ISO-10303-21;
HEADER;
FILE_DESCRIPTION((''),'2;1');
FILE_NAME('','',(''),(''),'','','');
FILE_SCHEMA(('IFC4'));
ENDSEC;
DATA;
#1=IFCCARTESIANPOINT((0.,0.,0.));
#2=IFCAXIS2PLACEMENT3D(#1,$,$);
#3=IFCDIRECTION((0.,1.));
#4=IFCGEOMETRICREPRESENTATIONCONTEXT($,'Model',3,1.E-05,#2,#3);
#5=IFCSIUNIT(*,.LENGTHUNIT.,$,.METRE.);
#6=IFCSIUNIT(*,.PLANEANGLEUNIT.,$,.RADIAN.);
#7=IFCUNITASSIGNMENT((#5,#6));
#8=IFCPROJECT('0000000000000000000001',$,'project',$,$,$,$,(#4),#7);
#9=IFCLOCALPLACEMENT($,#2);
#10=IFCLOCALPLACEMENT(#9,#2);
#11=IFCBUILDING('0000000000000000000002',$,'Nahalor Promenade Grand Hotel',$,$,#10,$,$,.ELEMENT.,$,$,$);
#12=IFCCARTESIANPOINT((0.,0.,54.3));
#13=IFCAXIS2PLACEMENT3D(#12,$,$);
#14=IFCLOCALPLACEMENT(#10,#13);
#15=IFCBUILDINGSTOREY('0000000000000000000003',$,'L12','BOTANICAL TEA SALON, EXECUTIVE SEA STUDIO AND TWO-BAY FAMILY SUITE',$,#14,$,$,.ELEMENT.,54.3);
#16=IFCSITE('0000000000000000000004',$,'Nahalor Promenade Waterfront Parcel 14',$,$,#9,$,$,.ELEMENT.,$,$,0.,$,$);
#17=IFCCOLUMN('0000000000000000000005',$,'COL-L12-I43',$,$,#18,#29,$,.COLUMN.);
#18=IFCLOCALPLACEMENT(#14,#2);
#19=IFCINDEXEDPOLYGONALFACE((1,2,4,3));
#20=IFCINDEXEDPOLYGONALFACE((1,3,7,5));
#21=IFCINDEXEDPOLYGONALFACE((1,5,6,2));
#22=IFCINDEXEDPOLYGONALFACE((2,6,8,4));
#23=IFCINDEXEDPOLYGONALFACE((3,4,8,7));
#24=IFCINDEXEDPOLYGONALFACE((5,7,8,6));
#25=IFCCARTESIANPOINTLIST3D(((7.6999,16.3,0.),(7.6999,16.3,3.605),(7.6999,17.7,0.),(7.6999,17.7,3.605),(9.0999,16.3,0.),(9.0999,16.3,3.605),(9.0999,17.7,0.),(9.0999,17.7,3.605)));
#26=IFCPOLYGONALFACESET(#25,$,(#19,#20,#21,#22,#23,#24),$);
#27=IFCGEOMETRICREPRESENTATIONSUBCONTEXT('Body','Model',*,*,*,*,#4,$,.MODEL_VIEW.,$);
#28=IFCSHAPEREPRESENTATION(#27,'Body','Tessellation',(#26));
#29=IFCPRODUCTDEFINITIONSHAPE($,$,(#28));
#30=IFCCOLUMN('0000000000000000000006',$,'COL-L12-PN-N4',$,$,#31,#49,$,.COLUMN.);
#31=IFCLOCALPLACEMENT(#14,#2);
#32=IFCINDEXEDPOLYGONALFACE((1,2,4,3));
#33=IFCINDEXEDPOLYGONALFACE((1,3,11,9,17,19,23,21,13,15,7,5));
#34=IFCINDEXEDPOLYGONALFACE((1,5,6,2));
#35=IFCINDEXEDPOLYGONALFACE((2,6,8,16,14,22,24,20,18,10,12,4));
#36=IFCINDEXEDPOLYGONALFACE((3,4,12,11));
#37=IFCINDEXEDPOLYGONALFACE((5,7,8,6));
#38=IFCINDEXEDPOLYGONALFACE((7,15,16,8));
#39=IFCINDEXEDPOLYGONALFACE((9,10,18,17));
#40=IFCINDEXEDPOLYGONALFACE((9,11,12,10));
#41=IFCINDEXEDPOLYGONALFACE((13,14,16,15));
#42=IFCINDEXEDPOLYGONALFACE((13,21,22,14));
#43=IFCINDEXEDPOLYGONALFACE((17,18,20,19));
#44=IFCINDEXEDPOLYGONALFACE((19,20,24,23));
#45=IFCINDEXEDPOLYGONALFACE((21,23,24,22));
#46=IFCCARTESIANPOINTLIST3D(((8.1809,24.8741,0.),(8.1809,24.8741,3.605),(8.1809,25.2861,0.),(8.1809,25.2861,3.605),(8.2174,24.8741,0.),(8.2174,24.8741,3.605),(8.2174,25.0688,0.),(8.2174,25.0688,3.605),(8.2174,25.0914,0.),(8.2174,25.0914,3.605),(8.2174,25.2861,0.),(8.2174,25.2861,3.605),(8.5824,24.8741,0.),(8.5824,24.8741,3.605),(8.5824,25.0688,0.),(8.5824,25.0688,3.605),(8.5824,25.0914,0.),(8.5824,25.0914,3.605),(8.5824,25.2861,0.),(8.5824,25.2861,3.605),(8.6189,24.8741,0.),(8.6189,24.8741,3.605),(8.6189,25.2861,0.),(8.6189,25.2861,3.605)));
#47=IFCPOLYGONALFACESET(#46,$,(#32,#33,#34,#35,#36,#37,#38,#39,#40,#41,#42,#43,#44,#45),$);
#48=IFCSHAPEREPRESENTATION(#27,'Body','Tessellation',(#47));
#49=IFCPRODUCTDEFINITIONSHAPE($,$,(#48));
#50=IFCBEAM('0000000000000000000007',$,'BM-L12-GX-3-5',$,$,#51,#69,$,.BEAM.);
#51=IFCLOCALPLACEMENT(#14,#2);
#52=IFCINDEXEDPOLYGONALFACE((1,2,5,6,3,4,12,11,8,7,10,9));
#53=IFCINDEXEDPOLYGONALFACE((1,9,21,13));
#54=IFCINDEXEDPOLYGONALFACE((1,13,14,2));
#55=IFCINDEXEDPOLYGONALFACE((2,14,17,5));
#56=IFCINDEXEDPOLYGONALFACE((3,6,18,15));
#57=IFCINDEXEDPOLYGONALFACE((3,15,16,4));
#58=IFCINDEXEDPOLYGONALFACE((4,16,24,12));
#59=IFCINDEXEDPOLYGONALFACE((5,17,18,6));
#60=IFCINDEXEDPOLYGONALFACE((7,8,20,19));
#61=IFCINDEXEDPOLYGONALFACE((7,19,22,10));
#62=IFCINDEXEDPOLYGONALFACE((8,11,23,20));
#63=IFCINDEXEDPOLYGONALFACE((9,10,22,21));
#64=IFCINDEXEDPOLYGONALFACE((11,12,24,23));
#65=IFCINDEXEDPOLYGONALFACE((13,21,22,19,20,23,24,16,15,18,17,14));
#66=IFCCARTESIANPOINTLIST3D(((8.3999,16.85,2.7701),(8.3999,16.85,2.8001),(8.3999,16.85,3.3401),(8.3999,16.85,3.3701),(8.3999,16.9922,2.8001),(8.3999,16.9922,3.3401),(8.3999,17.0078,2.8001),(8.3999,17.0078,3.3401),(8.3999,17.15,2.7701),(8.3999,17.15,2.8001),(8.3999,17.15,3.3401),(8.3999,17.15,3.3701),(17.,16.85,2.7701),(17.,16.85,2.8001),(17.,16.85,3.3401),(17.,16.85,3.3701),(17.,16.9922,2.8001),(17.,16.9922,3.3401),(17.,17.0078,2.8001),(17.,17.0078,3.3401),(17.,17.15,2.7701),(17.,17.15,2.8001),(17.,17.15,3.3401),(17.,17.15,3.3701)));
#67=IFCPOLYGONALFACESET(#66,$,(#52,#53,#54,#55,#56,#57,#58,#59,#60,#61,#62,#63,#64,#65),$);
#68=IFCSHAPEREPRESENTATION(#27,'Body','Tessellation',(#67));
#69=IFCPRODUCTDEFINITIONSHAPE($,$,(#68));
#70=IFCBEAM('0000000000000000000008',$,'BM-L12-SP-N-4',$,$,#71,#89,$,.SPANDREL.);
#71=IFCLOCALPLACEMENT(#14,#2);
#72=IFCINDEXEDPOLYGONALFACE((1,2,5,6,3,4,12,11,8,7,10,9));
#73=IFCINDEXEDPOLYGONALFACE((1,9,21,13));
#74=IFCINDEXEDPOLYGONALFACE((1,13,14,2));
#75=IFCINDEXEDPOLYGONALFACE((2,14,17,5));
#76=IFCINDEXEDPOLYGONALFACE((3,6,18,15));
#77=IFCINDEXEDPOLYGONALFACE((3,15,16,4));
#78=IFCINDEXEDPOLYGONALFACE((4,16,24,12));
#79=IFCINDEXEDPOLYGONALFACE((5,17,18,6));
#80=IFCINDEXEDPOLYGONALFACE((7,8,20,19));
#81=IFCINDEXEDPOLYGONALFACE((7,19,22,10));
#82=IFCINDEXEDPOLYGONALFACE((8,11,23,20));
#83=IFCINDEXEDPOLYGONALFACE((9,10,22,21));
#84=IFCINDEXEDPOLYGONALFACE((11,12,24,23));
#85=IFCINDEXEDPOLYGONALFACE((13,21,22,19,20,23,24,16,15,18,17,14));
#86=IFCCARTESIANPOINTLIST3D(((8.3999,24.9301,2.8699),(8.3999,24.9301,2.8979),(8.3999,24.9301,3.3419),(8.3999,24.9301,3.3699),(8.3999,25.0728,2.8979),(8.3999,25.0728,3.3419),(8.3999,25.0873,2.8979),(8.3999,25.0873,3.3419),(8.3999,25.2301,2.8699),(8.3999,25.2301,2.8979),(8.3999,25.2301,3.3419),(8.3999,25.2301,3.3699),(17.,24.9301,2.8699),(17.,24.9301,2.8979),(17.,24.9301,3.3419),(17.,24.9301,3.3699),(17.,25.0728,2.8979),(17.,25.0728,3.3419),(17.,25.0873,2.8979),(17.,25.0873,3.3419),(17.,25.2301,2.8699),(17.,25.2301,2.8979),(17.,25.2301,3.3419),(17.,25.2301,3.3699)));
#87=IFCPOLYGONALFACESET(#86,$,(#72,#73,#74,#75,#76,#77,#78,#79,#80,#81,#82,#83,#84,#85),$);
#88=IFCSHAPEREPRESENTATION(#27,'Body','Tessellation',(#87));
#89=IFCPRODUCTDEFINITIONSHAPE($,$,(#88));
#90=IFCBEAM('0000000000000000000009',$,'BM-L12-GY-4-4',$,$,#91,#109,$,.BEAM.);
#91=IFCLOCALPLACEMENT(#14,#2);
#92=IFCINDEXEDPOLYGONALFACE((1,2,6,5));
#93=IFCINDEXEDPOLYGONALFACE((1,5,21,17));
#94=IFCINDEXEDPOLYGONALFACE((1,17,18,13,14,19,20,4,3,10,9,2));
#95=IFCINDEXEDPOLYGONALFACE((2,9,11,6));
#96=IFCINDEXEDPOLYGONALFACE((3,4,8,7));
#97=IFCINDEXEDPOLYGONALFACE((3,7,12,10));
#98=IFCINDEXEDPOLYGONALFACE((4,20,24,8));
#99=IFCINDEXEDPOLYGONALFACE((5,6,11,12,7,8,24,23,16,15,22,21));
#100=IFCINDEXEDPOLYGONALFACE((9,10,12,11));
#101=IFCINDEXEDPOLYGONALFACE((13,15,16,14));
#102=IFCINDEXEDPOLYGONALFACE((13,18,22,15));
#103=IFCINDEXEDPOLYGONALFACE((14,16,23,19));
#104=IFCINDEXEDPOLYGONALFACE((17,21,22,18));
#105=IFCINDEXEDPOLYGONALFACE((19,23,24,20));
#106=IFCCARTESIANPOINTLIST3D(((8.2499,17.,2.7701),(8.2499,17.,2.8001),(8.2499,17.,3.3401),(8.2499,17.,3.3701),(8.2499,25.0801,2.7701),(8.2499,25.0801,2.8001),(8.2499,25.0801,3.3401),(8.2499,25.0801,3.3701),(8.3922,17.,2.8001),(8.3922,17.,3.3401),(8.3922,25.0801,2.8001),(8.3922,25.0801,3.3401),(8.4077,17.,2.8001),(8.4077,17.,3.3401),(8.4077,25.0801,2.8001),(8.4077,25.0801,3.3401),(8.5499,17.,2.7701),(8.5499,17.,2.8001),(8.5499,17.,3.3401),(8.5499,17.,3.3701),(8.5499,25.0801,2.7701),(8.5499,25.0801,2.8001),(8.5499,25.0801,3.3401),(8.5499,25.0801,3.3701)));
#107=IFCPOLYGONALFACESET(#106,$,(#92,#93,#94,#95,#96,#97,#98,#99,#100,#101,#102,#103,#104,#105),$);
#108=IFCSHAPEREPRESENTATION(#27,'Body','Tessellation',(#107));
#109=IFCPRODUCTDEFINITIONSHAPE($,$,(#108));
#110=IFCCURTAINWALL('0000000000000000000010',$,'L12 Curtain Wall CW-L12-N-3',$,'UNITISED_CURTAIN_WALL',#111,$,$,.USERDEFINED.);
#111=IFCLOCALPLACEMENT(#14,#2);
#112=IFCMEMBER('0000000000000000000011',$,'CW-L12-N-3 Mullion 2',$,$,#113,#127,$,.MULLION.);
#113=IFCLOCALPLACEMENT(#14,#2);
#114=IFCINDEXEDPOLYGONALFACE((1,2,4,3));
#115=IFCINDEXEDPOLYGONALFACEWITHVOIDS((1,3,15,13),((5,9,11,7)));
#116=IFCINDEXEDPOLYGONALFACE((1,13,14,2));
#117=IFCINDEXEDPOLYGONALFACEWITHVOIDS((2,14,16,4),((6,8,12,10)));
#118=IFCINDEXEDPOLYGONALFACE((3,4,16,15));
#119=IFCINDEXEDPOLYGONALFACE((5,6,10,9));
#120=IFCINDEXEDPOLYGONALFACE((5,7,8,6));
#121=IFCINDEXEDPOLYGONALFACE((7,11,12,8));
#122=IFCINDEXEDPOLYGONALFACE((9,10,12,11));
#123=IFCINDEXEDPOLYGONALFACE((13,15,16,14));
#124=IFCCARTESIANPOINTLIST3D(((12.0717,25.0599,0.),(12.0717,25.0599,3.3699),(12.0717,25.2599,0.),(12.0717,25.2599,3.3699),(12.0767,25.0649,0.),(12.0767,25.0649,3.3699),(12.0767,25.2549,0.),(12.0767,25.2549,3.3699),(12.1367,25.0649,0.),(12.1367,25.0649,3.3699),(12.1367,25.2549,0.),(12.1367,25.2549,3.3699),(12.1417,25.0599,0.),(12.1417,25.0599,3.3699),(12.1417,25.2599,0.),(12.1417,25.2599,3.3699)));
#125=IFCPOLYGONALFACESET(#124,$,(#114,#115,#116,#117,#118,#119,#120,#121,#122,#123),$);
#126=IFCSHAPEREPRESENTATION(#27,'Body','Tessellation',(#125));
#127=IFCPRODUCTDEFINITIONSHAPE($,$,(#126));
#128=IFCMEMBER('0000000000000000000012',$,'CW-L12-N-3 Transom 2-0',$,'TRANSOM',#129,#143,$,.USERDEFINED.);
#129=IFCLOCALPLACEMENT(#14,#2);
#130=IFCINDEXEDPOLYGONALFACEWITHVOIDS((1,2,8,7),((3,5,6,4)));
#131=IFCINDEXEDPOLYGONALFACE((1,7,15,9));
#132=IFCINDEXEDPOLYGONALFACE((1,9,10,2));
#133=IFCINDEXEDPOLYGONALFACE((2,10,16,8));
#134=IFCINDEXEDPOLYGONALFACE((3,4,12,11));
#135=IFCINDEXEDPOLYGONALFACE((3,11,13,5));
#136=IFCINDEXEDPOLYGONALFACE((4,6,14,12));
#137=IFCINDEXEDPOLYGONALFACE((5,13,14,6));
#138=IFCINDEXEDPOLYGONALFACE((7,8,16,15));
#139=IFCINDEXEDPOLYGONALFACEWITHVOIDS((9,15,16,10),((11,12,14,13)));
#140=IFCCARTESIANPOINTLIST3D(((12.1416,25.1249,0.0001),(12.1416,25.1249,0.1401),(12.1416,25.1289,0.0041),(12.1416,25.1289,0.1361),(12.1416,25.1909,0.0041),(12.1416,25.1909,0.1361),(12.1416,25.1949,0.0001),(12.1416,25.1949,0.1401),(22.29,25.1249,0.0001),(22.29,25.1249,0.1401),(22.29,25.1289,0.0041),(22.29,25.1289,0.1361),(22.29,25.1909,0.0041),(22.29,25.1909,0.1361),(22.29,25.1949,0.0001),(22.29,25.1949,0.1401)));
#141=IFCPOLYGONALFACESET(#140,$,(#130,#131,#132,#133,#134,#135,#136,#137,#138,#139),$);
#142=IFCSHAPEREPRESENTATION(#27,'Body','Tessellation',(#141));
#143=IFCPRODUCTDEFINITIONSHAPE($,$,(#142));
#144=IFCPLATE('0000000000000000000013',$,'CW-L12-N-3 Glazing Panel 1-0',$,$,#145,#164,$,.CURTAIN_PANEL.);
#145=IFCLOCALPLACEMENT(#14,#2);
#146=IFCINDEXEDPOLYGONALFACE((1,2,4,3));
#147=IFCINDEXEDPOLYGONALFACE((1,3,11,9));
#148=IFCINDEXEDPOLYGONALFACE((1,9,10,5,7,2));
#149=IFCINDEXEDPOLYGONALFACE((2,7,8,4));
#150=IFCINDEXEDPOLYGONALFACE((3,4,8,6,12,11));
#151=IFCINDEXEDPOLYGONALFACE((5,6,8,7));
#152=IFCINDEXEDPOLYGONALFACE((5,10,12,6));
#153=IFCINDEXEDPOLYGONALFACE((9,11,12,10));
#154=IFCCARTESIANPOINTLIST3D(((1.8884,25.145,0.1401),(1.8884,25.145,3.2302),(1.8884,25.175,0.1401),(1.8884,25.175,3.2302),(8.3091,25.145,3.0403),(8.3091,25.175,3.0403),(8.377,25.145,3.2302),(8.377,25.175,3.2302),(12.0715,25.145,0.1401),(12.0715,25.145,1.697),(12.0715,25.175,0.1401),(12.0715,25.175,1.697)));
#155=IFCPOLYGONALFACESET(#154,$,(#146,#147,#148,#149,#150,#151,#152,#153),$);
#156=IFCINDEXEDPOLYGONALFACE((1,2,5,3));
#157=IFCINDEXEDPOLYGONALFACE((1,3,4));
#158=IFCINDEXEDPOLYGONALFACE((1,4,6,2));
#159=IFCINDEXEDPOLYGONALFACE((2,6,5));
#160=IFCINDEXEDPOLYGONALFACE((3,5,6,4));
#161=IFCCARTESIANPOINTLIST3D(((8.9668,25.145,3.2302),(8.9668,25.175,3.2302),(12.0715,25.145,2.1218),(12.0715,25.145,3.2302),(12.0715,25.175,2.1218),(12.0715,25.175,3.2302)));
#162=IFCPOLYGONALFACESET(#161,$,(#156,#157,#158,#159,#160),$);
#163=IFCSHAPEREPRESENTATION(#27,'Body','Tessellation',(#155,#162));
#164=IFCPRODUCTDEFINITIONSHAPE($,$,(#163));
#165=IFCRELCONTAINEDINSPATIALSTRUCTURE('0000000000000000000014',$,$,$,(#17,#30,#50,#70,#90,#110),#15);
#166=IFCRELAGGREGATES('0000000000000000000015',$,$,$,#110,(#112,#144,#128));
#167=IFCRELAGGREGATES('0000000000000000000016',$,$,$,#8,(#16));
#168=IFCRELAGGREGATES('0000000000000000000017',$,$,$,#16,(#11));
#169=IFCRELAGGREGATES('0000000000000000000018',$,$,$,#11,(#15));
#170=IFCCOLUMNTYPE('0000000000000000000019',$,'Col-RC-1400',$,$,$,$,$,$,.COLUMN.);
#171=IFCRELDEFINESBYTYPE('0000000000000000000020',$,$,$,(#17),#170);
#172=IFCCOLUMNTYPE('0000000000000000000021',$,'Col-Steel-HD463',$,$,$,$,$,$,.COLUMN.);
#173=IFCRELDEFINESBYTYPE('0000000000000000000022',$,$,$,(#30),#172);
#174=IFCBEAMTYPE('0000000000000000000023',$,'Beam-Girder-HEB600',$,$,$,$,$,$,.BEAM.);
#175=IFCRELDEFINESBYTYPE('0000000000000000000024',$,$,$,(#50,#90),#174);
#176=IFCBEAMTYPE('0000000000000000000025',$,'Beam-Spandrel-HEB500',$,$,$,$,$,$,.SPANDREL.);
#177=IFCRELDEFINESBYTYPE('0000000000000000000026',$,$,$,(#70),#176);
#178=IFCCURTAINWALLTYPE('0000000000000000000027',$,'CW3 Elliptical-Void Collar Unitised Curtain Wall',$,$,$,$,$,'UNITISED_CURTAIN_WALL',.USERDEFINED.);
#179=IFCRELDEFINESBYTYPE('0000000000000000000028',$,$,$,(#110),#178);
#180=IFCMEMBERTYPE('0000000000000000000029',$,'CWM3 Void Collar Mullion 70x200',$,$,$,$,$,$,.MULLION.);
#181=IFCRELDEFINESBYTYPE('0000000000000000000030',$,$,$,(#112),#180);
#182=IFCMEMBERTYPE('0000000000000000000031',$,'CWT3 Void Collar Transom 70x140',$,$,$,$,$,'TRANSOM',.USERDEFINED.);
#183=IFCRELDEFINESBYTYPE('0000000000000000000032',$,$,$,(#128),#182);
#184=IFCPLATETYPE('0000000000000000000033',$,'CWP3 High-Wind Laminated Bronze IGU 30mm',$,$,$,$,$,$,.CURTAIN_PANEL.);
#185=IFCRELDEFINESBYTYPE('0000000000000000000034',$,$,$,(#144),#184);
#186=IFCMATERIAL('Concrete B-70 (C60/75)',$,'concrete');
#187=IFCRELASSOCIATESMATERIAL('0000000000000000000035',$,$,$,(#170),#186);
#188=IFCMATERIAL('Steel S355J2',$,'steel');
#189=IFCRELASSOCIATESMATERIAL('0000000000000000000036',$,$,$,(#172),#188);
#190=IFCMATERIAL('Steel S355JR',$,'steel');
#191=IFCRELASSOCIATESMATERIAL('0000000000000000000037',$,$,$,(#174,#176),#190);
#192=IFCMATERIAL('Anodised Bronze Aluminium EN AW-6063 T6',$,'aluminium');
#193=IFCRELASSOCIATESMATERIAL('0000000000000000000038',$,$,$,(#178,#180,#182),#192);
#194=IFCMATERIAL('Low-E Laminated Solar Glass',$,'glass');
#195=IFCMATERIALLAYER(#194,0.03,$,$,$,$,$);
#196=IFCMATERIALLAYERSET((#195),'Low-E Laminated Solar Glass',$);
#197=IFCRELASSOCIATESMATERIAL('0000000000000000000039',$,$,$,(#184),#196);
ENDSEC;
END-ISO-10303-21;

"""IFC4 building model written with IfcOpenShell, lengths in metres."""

from ifc_helpers import new_model, si_unit, direction, frame, origin, origin_2d, place, context, subcontext, project, spatial, polyline, rectangle, hollow_rectangle, i_section, outline, extrude, source, transform, mapped, material, layer, layer_set, material_profile, profile_set, type_object, element, aggregate, save


model = new_model("IFC4")

# Units and contexts
model_context = context("Model", 3, precision=1e-05, world=origin(), true_north=direction((0.0, 1.0)))
body_context = subcontext(model_context, "Body", "Model", "MODEL_VIEW")
ifc_project = project(units=[si_unit("LENGTHUNIT", "METRE"), si_unit("PLANEANGLEUNIT", "RADIAN")], contexts=[model_context])

# Site, building, storey
site_placement = place(None, origin())
site = spatial("IfcSite", under=ifc_project, at=site_placement, Name="Nahalor Promenade Waterfront Parcel 14", CompositionType="ELEMENT", RefElevation=0.0)
building_placement = place(site_placement, origin())
building = spatial("IfcBuilding", under=site, at=building_placement, Name="Nahalor Promenade Grand Hotel", CompositionType="ELEMENT")
storey_placement = place(building_placement, frame((0.0, 0.0, 54.3)))
storey = spatial("IfcBuildingStorey", under=building, at=storey_placement, Name="L12", Description="BOTANICAL TEA SALON, EXECUTIVE SEA STUDIO AND TWO-BAY FAMILY SUITE", CompositionType="ELEMENT", Elevation=54.3)

# Columns
ifc_material_1 = material(Name="Concrete B-70 (C60/75)", Category="concrete")
ifc_material_profile_1 = material_profile(ifc_material_1, rectangle(XDim=1.4, YDim=1.4, at=origin_2d()), Name="RC 1400x1400")
ifc_profile_set_1 = profile_set([ifc_material_profile_1], Name="Concrete B-70 (C60/75)")
column_type_1 = type_object("IfcColumnType", Name="Col-RC-1400", PredefinedType="COLUMN", material=ifc_profile_set_1)
shared_shape_1 = source(origin(), body_context, "Body", "SweptSolid", [
    extrude(rectangle(XDim=1.4, YDim=1.4, at=origin_2d()), origin(), (0.0, 0.0, 1.0), 3.605),
])
column_1_placement = place(storey_placement, frame((8.3999, 17.0, 0.0), z_axis=(0.0, 0.0, 1.0), x_axis=(1.0, 0.0, 0.0)))
element("IfcColumn", 1, at=column_1_placement, inside=storey, type_object=column_type_1, Name="COL-L12-I43", PredefinedType="COLUMN", context=body_context, shape_type="MappedRepresentation", body=[
    mapped(shared_shape_1, transform((0.0, 0.0, 0.0), scale=1.0)),
])
ifc_material_2 = material(Name="Steel S355J2", Category="steel")
ifc_material_profile_2 = material_profile(ifc_material_2, i_section(OverallWidth=0.412, OverallDepth=0.438, WebThickness=0.0226, FlangeThickness=0.0365, at=origin_2d()), Name="HD 400x463")
ifc_profile_set_2 = profile_set([ifc_material_profile_2], Name="Steel S355J2")
column_type_2 = type_object("IfcColumnType", Name="Col-Steel-HD463", PredefinedType="COLUMN", material=ifc_profile_set_2)
shared_shape_2 = source(origin(), body_context, "Body", "SweptSolid", [
    extrude(i_section(OverallWidth=0.412, OverallDepth=0.438, WebThickness=0.0226, FlangeThickness=0.0365, at=origin_2d()), origin(), (0.0, 0.0, 1.0), 3.605),
])
column_2_placement = place(storey_placement, frame((8.3999, 25.0801, 0.0), z_axis=(0.0, 0.0, 1.0), x_axis=(0.0, 1.0, 0.0)))
element("IfcColumn", 2, at=column_2_placement, inside=storey, type_object=column_type_2, Name="COL-L12-PN-N4", PredefinedType="COLUMN", context=body_context, shape_type="MappedRepresentation", body=[
    mapped(shared_shape_2, transform((0.0, 0.0, 0.0), scale=1.0)),
])

# Beams
ifc_material_3 = material(Name="Steel S355JR", Category="steel")
ifc_material_profile_3 = material_profile(ifc_material_3, i_section(OverallWidth=0.3, OverallDepth=0.6, WebThickness=0.0155, FlangeThickness=0.03, at=origin_2d()), Name="HEB 600")
ifc_profile_set_3 = profile_set([ifc_material_profile_3], Name="Steel S355JR")
beam_type_1 = type_object("IfcBeamType", Name="Beam-Girder-HEB600", PredefinedType="BEAM", material=ifc_profile_set_3)
shared_shape_3 = source(origin(), body_context, "Body", "SweptSolid", [
    extrude(i_section(OverallWidth=0.3, OverallDepth=0.6, WebThickness=0.0155, FlangeThickness=0.03, at=origin_2d()), origin(), (0.0, 0.0, 1.0), 8.6001),
])
beam_1_placement = place(storey_placement, frame((8.3999, 17.0, 3.0701), z_axis=(1.0, 0.0, 0.0), x_axis=(0.0, 1.0, 0.0)))
element("IfcBeam", 3, at=beam_1_placement, inside=storey, type_object=beam_type_1, Name="BM-L12-GX-3-5", PredefinedType="BEAM", context=body_context, shape_type="MappedRepresentation", body=[
    mapped(shared_shape_3, transform((0.0, 0.0, 0.0), scale=1.0)),
])
ifc_material_profile_4 = material_profile(ifc_material_3, i_section(OverallWidth=0.3, OverallDepth=0.5, WebThickness=0.0145, FlangeThickness=0.028, at=origin_2d()), Name="HEB 500")
ifc_profile_set_4 = profile_set([ifc_material_profile_4], Name="Steel S355JR")
beam_type_2 = type_object("IfcBeamType", Name="Beam-Spandrel-HEB500", PredefinedType="SPANDREL", material=ifc_profile_set_4)
shared_shape_4 = source(origin(), body_context, "Body", "SweptSolid", [
    extrude(i_section(OverallWidth=0.3, OverallDepth=0.5, WebThickness=0.0145, FlangeThickness=0.028, at=origin_2d()), origin(), (0.0, 0.0, 1.0), 8.6001),
])
beam_2_placement = place(storey_placement, frame((8.3999, 25.0801, 3.1199), z_axis=(1.0, 0.0, 0.0), x_axis=(0.0, 1.0, 0.0)))
element("IfcBeam", 4, at=beam_2_placement, inside=storey, type_object=beam_type_2, Name="BM-L12-SP-N-4", PredefinedType="SPANDREL", context=body_context, shape_type="MappedRepresentation", body=[
    mapped(shared_shape_4, transform((0.0, 0.0, 0.0), scale=1.0)),
])
shared_shape_5 = source(origin(), body_context, "Body", "SweptSolid", [
    extrude(i_section(OverallWidth=0.3, OverallDepth=0.6, WebThickness=0.0155, FlangeThickness=0.03, at=origin_2d()), origin(), (0.0, 0.0, 1.0), 8.0801),
])
beam_3_placement = place(storey_placement, frame((8.3999, 17.0, 3.0701), z_axis=(0.0, 1.0, 0.0), x_axis=(-1.0, 0.0, 0.0)))
element("IfcBeam", 5, at=beam_3_placement, inside=storey, type_object=beam_type_1, Name="BM-L12-GY-4-4", PredefinedType="BEAM", context=body_context, shape_type="MappedRepresentation", body=[
    mapped(shared_shape_5, transform((0.0, 0.0, 0.0), scale=1.0)),
])

# Curtain wall, members, plate
ifc_material_4 = material(Name="Anodised Bronze Aluminium EN AW-6063 T6", Category="aluminium")
curtain_wall_type = type_object("IfcCurtainWallType", Name="CW3 Elliptical-Void Collar Unitised Curtain Wall", ElementType="UNITISED_CURTAIN_WALL", PredefinedType="USERDEFINED", material=ifc_material_4)
curtain_wall_placement = place(storey_placement, origin())
curtain_wall = element("IfcCurtainWall", 6, at=curtain_wall_placement, inside=storey, type_object=curtain_wall_type, Name="L12 Curtain Wall CW-L12-N-3", ObjectType="UNITISED_CURTAIN_WALL", PredefinedType="USERDEFINED")
ifc_material_profile_5 = material_profile(ifc_material_4, hollow_rectangle(XDim=0.07, YDim=0.2, WallThickness=0.005, at=origin_2d()), Name="CWM 70x200x5")
ifc_profile_set_5 = profile_set([ifc_material_profile_5], Name="Anodised Bronze Aluminium EN AW-6063 T6")
member_type_1 = type_object("IfcMemberType", Name="CWM3 Void Collar Mullion 70x200", PredefinedType="MULLION", material=ifc_profile_set_5)
shared_shape_6 = source(origin(), body_context, "Body", "SweptSolid", [
    extrude(hollow_rectangle(XDim=0.07, YDim=0.2, WallThickness=0.005, at=origin_2d()), origin(), (0.0, 0.0, 1.0), 3.3699),
])
member_1_placement = place(storey_placement, frame((12.1067, 25.1599, 0.0), z_axis=(0.0, 0.0, 1.0), x_axis=(1.0, 0.0, 0.0)))
member_1 = element("IfcMember", 7, at=member_1_placement, type_object=member_type_1, Name="CW-L12-N-3 Mullion 2", PredefinedType="MULLION", context=body_context, shape_type="MappedRepresentation", body=[
    mapped(shared_shape_6, transform((0.0, 0.0, 0.0), scale=1.0)),
])
ifc_material_profile_6 = material_profile(ifc_material_4, hollow_rectangle(XDim=0.07, YDim=0.14, WallThickness=0.004, at=origin_2d()), Name="CWT 70x140x4")
ifc_profile_set_6 = profile_set([ifc_material_profile_6], Name="Anodised Bronze Aluminium EN AW-6063 T6")
member_type_2 = type_object("IfcMemberType", Name="CWT3 Void Collar Transom 70x140", ElementType="TRANSOM", PredefinedType="USERDEFINED", material=ifc_profile_set_6)
shared_shape_7 = source(origin(), body_context, "Body", "SweptSolid", [
    extrude(hollow_rectangle(XDim=0.07, YDim=0.14, WallThickness=0.004, at=origin_2d()), origin(), (0.0, 0.0, 1.0), 10.1484),
])
member_2_placement = place(storey_placement, frame((12.1416, 25.1599, 0.0701), z_axis=(1.0, 0.0, 0.0), x_axis=(0.0, 1.0, 0.0)))
member_2 = element("IfcMember", 8, at=member_2_placement, type_object=member_type_2, Name="CW-L12-N-3 Transom 2-0", ObjectType="TRANSOM", PredefinedType="USERDEFINED", context=body_context, shape_type="MappedRepresentation", body=[
    mapped(shared_shape_7, transform((0.0, 0.0, 0.0), scale=1.0)),
])
ifc_material_5 = material(Name="Low-E Laminated Solar Glass", Category="glass")
ifc_layer_1 = layer(ifc_material_5, 0.03)
ifc_layer_set_1 = layer_set([ifc_layer_1], Name="Low-E Laminated Solar Glass")
plate_type = type_object("IfcPlateType", Name="CWP3 High-Wind Laminated Bronze IGU 30mm", PredefinedType="CURTAIN_PANEL", material=ifc_layer_set_1)
plate_placement = place(storey_placement, frame((6.98, 25.1599, 0.1401), z_axis=(0.0, 0.0, 1.0), x_axis=(1.0, 0.0, 0.0)))
plate = element("IfcPlate", 9, at=plate_placement, type_object=plate_type, Name="CW-L12-N-3 Glazing Panel 1-0", PredefinedType="CURTAIN_PANEL", context=body_context, shape_type="SweptSolid", body=[
    extrude(outline(polyline([(-5.0916, 0.0), (5.0916, 0.0), (5.0916, 1.5569), (1.3291, 2.9001), (1.397, 3.0901), (-5.0916, 3.0901), (-5.0916, 0.0)])), frame((0.0, 0.0151, 0.0), z_axis=(0.0, -1.0, 0.0), x_axis=(1.0, 0.0, 0.0)), (0.0, 0.0, 1.0), 0.03),
    extrude(outline(polyline([(5.0916, 1.9817), (5.0916, 3.0901), (1.9868, 3.0901), (5.0916, 1.9817)])), frame((0.0, 0.0151, 0.0), z_axis=(0.0, -1.0, 0.0), x_axis=(1.0, 0.0, 0.0)), (0.0, 0.0, 1.0), 0.03),
])
aggregate(curtain_wall, [member_1, plate, member_2])

save(model, "model.ifc")
